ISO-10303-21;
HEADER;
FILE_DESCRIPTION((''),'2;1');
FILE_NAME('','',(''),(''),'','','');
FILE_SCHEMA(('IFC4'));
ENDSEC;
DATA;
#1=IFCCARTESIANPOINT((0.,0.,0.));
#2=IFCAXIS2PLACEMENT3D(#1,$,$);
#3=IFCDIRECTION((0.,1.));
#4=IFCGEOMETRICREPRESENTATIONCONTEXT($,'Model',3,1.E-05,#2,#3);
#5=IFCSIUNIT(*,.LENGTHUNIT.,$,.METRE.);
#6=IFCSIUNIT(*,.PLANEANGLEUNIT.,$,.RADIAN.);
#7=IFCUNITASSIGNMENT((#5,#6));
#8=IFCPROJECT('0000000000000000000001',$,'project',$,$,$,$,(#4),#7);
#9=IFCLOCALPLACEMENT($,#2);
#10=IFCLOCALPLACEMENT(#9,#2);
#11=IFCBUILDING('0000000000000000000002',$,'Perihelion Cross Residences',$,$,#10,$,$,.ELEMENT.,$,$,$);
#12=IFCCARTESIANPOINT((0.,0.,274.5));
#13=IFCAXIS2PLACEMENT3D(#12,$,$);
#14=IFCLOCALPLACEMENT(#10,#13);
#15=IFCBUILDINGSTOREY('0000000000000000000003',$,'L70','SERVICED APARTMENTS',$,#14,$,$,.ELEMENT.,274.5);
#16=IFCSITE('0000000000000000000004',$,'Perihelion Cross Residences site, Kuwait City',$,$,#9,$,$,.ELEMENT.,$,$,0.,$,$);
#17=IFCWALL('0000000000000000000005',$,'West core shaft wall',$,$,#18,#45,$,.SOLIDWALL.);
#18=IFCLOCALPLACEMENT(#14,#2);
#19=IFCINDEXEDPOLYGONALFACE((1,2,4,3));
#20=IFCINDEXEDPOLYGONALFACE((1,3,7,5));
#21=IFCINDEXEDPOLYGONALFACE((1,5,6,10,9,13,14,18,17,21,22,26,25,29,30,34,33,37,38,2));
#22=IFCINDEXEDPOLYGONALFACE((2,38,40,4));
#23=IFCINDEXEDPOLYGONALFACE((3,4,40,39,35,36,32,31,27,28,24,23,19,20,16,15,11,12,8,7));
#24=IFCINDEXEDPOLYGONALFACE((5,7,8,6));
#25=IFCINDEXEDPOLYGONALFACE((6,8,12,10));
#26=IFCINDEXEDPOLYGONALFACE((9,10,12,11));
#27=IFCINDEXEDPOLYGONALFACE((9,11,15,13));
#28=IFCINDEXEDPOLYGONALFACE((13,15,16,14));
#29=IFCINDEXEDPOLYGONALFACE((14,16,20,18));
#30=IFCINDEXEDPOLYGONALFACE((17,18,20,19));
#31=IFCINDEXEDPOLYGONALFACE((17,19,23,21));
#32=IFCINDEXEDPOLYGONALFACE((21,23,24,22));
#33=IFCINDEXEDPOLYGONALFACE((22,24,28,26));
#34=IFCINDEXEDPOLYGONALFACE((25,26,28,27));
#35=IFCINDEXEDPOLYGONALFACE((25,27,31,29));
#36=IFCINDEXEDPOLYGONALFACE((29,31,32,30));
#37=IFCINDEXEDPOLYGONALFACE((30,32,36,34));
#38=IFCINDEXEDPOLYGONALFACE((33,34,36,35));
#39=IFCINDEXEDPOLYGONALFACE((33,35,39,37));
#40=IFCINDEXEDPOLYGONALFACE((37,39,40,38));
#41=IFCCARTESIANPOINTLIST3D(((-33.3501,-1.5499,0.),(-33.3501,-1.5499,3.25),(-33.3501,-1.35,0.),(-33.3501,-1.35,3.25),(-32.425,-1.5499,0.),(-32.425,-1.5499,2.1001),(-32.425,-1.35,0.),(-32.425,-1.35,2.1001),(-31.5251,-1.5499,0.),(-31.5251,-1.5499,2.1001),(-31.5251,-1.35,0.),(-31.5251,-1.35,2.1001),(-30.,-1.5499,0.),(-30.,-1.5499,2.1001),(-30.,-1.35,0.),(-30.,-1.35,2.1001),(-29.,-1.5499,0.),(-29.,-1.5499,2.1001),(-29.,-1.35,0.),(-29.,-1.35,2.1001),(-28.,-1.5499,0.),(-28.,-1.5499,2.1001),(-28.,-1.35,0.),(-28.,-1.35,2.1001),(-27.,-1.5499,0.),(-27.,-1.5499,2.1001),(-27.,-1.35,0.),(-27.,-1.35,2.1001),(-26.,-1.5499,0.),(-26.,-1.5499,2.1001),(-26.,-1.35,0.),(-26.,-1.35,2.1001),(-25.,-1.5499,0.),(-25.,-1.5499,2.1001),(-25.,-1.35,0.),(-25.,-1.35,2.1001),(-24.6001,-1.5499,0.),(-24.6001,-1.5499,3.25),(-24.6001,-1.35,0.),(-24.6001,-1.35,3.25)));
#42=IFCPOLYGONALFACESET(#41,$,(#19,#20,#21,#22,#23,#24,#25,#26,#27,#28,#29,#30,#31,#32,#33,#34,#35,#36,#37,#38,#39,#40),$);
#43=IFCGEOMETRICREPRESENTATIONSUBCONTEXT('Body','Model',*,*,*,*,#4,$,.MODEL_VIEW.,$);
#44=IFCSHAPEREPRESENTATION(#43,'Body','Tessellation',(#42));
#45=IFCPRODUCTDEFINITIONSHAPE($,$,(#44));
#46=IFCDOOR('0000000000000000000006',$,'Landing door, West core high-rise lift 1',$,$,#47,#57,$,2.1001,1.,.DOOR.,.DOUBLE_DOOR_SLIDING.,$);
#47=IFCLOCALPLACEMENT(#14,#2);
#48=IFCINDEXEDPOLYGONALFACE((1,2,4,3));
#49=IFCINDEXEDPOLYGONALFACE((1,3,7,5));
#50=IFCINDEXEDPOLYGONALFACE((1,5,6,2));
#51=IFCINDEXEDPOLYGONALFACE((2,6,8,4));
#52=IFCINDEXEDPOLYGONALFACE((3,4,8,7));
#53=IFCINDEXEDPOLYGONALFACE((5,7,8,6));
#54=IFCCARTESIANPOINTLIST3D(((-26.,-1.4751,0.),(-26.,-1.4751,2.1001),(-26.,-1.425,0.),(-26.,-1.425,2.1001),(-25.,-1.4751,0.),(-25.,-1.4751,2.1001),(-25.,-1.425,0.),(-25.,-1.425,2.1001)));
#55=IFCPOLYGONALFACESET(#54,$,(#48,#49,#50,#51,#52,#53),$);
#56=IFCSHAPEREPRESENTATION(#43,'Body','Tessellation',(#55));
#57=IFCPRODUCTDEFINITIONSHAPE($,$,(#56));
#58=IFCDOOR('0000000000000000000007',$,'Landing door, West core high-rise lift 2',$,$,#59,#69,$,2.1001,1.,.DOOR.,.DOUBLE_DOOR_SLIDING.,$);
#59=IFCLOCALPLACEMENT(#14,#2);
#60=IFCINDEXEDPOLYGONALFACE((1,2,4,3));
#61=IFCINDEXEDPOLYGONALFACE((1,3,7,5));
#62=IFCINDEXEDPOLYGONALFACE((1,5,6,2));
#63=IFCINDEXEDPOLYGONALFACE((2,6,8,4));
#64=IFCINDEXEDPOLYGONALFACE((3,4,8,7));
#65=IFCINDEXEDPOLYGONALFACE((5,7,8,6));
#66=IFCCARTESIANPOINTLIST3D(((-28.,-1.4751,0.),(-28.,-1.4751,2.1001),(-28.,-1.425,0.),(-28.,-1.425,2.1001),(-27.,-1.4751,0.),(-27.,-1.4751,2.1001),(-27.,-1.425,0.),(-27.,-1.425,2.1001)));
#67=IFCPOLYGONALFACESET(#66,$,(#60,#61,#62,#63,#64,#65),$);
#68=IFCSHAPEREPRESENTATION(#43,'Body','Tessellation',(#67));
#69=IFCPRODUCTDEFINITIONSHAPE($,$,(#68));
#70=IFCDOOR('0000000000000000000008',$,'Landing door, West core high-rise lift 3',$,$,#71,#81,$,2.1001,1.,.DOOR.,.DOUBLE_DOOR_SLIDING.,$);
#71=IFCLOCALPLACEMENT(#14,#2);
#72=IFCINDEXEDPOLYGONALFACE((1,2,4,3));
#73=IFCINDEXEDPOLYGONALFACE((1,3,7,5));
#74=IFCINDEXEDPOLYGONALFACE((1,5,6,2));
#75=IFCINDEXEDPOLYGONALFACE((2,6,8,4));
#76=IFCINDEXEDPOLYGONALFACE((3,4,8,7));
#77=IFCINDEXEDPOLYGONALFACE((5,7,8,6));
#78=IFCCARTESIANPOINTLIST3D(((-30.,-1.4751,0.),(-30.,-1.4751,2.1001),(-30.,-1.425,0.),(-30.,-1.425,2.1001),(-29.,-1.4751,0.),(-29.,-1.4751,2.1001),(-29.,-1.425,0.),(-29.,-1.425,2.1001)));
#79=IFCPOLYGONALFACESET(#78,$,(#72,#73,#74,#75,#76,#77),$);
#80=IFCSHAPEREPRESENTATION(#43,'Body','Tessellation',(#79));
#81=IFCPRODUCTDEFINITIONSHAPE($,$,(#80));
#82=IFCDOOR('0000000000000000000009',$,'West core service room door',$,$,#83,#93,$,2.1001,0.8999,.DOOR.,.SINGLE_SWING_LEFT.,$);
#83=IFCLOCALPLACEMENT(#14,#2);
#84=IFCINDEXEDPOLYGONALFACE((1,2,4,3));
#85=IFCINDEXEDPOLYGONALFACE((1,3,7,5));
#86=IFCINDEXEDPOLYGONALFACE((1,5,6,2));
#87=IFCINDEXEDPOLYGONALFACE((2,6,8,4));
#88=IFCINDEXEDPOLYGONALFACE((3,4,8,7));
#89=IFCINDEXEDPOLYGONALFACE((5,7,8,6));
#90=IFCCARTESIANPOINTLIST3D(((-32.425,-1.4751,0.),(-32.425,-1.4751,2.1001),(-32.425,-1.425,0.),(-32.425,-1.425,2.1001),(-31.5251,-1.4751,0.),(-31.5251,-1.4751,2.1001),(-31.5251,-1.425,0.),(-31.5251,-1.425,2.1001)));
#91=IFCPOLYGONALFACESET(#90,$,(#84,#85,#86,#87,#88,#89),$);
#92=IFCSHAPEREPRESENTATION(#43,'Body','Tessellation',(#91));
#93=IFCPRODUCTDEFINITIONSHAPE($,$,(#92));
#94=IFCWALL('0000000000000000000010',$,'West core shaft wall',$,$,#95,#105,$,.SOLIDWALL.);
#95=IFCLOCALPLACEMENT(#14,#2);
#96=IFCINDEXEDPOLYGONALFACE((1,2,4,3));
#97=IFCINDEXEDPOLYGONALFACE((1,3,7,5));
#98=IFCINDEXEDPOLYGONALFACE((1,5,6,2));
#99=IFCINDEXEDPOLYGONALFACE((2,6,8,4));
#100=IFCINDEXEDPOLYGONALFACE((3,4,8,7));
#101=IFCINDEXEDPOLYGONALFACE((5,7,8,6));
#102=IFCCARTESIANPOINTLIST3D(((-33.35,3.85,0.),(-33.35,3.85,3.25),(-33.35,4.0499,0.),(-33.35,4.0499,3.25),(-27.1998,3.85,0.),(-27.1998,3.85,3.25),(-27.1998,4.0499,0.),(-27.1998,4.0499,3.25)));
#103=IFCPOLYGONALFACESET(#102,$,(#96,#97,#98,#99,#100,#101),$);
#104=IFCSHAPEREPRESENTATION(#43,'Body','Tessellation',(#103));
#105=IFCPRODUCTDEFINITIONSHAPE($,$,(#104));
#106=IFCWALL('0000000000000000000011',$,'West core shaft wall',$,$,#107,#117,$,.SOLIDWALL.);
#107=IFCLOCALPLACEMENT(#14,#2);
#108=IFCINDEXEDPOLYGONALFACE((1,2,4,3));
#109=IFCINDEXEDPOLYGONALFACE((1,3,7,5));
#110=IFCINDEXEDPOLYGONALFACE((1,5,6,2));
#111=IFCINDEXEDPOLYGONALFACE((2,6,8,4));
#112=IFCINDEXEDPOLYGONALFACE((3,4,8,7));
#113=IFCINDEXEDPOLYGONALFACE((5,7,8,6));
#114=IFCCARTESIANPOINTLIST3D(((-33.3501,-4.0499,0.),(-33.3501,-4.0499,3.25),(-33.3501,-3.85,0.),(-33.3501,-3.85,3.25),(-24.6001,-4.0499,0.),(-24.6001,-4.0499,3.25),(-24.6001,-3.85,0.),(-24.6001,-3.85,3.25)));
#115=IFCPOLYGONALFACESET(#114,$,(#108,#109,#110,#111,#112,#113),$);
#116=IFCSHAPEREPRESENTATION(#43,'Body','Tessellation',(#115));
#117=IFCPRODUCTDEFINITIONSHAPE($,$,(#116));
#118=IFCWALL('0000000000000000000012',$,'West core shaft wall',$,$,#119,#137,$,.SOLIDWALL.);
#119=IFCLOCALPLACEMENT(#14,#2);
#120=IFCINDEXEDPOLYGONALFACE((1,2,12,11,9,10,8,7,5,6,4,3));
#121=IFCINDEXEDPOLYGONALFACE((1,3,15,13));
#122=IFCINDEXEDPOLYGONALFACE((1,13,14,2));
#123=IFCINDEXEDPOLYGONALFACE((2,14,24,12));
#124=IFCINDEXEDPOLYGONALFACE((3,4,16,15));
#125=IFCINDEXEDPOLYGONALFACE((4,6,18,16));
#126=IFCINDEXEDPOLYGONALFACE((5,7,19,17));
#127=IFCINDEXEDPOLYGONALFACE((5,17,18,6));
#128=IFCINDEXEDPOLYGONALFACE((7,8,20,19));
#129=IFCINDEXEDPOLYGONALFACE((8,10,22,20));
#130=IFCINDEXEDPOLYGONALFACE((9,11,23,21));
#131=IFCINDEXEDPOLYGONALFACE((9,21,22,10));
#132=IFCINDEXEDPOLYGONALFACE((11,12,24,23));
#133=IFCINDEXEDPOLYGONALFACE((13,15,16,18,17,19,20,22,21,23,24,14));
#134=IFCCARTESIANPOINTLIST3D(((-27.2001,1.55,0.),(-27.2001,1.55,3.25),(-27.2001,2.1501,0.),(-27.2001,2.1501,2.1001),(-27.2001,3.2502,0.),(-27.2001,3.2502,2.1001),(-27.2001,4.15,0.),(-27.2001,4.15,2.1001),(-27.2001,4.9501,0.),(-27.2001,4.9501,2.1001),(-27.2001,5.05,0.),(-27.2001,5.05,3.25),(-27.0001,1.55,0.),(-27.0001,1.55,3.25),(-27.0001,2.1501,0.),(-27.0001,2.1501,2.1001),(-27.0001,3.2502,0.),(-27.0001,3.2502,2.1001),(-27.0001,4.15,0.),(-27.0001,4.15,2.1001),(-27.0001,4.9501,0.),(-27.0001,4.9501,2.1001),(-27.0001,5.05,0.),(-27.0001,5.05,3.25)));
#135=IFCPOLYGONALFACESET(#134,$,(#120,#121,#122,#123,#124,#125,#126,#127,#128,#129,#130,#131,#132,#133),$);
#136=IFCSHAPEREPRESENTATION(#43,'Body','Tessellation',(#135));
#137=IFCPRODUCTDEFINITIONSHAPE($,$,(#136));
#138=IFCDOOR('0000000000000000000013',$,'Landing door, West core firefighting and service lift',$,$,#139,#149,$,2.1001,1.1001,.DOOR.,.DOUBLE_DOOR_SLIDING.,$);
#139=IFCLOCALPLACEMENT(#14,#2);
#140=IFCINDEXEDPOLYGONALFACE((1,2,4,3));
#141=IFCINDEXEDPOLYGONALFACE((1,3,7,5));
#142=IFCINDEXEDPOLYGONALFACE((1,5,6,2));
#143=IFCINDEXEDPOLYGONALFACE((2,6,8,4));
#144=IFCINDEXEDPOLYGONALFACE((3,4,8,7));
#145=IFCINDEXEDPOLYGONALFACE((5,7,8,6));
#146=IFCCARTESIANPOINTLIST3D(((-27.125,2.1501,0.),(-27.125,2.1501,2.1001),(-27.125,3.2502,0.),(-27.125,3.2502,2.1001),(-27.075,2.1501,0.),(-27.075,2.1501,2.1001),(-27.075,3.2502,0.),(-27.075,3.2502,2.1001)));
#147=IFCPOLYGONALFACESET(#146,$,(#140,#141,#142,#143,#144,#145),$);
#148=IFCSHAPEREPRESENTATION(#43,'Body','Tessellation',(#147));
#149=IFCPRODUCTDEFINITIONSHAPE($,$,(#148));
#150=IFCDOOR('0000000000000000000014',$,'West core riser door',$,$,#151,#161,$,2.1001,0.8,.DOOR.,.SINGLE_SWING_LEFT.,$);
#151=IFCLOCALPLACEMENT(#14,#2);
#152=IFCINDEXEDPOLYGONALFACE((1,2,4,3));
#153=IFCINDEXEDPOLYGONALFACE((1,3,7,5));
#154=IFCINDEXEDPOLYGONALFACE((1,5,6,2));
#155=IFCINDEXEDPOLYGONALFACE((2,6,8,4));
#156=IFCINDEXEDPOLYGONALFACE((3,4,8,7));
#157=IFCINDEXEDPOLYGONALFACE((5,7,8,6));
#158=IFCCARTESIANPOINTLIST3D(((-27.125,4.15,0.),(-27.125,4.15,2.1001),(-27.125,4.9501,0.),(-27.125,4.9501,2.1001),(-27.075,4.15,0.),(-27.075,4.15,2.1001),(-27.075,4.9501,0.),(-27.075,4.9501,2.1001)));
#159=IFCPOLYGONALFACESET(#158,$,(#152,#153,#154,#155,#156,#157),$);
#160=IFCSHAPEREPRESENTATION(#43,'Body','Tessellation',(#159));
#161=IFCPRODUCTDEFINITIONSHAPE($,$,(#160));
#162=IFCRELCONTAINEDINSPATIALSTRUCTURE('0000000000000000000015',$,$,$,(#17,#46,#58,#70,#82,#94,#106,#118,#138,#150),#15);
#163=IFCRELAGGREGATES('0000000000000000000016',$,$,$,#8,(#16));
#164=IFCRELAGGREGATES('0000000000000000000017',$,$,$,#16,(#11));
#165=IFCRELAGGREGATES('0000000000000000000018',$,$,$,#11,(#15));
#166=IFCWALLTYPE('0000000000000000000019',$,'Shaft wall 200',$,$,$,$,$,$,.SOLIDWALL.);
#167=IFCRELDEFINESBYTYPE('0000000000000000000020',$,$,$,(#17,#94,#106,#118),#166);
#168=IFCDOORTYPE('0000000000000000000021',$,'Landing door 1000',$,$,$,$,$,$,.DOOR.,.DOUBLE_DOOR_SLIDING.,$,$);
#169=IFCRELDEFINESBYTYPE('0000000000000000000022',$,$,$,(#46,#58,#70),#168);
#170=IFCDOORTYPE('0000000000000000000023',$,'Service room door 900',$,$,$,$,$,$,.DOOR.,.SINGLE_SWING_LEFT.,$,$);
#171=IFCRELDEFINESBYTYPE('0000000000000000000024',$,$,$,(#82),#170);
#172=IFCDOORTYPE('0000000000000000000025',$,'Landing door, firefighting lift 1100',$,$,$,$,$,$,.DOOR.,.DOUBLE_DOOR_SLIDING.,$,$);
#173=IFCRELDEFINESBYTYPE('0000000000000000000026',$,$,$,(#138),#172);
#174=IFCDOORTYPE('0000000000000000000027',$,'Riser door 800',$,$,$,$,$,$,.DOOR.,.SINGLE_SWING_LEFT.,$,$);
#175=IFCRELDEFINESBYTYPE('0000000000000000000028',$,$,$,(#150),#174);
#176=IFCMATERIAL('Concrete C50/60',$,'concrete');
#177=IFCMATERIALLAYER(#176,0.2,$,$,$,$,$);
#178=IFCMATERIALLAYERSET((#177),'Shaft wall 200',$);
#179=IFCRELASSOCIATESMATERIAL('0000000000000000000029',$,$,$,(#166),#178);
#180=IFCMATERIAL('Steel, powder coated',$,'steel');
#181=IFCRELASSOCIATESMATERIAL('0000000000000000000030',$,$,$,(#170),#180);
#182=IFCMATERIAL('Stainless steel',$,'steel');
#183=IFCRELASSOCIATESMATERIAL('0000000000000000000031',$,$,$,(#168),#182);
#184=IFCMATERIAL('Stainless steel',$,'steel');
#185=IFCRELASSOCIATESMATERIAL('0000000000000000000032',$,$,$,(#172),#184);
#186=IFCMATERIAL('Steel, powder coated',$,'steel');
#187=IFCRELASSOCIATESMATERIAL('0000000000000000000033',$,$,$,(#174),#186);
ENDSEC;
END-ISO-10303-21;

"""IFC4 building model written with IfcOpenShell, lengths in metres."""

from ifc_helpers import new_model, si_unit, direction, frame, frame_2d, origin, place, context, subcontext, project, spatial, rectangle, extrude, material, layer, layer_set, type_object, element, fill, save


model = new_model("IFC4")

# Units and contexts
model_context = context("Model", 3, precision=1e-05, world=origin(), true_north=direction((0.0, 1.0)))
body_context = subcontext(model_context, "Body", "Model", "MODEL_VIEW")
ifc_project = project(units=[si_unit("LENGTHUNIT", "METRE"), si_unit("PLANEANGLEUNIT", "RADIAN")], contexts=[model_context])

# Site, building, storey
site_placement = place(None, origin())
site = spatial("IfcSite", under=ifc_project, at=site_placement, Name="Perihelion Cross Residences site, Kuwait City", CompositionType="ELEMENT", RefElevation=0.0)
building_placement = place(site_placement, origin())
building = spatial("IfcBuilding", under=site, at=building_placement, Name="Perihelion Cross Residences", CompositionType="ELEMENT")
storey_placement = place(building_placement, frame((0.0, 0.0, 274.5)))
storey = spatial("IfcBuildingStorey", under=building, at=storey_placement, Name="L70", Description="SERVICED APARTMENTS", CompositionType="ELEMENT", Elevation=274.5)

# Wall, openings, doors
ifc_material_1 = material(Name="Concrete C50/60", Category="concrete")
ifc_layer_1 = layer(ifc_material_1, 0.2)
ifc_layer_set_1 = layer_set([ifc_layer_1], Name="Shaft wall 200")
wall_type_1 = type_object("IfcWallType", Name="Shaft wall 200", PredefinedType="SOLIDWALL", material=ifc_layer_set_1)
ifc_material_2 = material(Name="Steel, powder coated", Category="steel")
door_type_1 = type_object("IfcDoorType", Name="Service room door 900", OperationType="SINGLE_SWING_LEFT", PredefinedType="DOOR", material=ifc_material_2)
wall_1_placement = place(storey_placement, frame((-33.3501, -1.45, 0.0), z_axis=(0.0, 0.0, 1.0), x_axis=(1.0, 0.0, 0.0)))
wall_1 = element("IfcWall", 1, at=wall_1_placement, inside=storey, type_object=wall_type_1, Name="West core shaft wall", PredefinedType="SOLIDWALL", context=body_context, shape_type="SweptSolid", body=[
    extrude(rectangle(XDim=8.75, YDim=0.2, at=frame_2d((4.375, 0.0))), origin(), (0.0, 0.0, 1.0), 3.25),
])
opening_1_placement = place(wall_1_placement, frame((7.3501, 0.0, 0.0)))
opening_1 = element("IfcOpeningElement", 2, at=opening_1_placement, cuts=wall_1, PredefinedType="OPENING", context=body_context, shape_type="SweptSolid", body=[
    extrude(rectangle(XDim=1.0, YDim=2.1001, at=frame_2d((0.5, 1.05))), frame((0.0, 0.1099, 0.0), z_axis=(0.0, -1.0, 0.0), x_axis=(1.0, 0.0, 0.0)), (0.0, 0.0, 1.0), 0.22),
])
opening_2_placement = place(wall_1_placement, frame((5.3501, 0.0, 0.0)))
opening_2 = element("IfcOpeningElement", 3, at=opening_2_placement, cuts=wall_1, PredefinedType="OPENING", context=body_context, shape_type="SweptSolid", body=[
    extrude(rectangle(XDim=1.0, YDim=2.1001, at=frame_2d((0.5, 1.05))), frame((0.0, 0.1099, 0.0), z_axis=(0.0, -1.0, 0.0), x_axis=(1.0, 0.0, 0.0)), (0.0, 0.0, 1.0), 0.22),
])
opening_3_placement = place(wall_1_placement, frame((3.3501, 0.0, 0.0)))
opening_3 = element("IfcOpeningElement", 4, at=opening_3_placement, cuts=wall_1, PredefinedType="OPENING", context=body_context, shape_type="SweptSolid", body=[
    extrude(rectangle(XDim=1.0, YDim=2.1001, at=frame_2d((0.5, 1.05))), frame((0.0, 0.1099, 0.0), z_axis=(0.0, -1.0, 0.0), x_axis=(1.0, 0.0, 0.0)), (0.0, 0.0, 1.0), 0.22),
])
opening_4_placement = place(wall_1_placement, frame((0.925, 0.0, 0.0)))
opening_4 = element("IfcOpeningElement", 5, at=opening_4_placement, cuts=wall_1, PredefinedType="OPENING", context=body_context, shape_type="SweptSolid", body=[
    extrude(rectangle(XDim=0.8999, YDim=2.1001, at=frame_2d((0.45, 1.05))), frame((0.0, 0.1099, 0.0), z_axis=(0.0, -1.0, 0.0), x_axis=(1.0, 0.0, 0.0)), (0.0, 0.0, 1.0), 0.22),
])
ifc_material_3 = material(Name="Stainless steel", Category="steel")
door_type_2 = type_object("IfcDoorType", Name="Landing door 1000", OperationType="DOUBLE_DOOR_SLIDING", PredefinedType="DOOR", material=ifc_material_3)
door_1_placement = place(opening_1_placement, origin())
door_1 = element("IfcDoor", 6, at=door_1_placement, inside=storey, type_object=door_type_2, Name="Landing door, West core high-rise lift 1", OperationType="DOUBLE_DOOR_SLIDING", OverallHeight=2.1001, OverallWidth=1.0, PredefinedType="DOOR", context=body_context, shape_type="SweptSolid", body=[
    extrude(rectangle(XDim=1.0, YDim=2.1001, at=frame_2d((0.5, 1.05))), frame((0.0, 0.0249, 0.0), z_axis=(0.0, -1.0, 0.0), x_axis=(1.0, 0.0, 0.0)), (0.0, 0.0, 1.0), 0.05),
])
fill(opening_1, door_1)
door_2_placement = place(opening_2_placement, origin())
door_2 = element("IfcDoor", 7, at=door_2_placement, inside=storey, type_object=door_type_2, Name="Landing door, West core high-rise lift 2", OperationType="DOUBLE_DOOR_SLIDING", OverallHeight=2.1001, OverallWidth=1.0, PredefinedType="DOOR", context=body_context, shape_type="SweptSolid", body=[
    extrude(rectangle(XDim=1.0, YDim=2.1001, at=frame_2d((0.5, 1.05))), frame((0.0, 0.0249, 0.0), z_axis=(0.0, -1.0, 0.0), x_axis=(1.0, 0.0, 0.0)), (0.0, 0.0, 1.0), 0.05),
])
fill(opening_2, door_2)
door_3_placement = place(opening_3_placement, origin())
door_3 = element("IfcDoor", 8, at=door_3_placement, inside=storey, type_object=door_type_2, Name="Landing door, West core high-rise lift 3", OperationType="DOUBLE_DOOR_SLIDING", OverallHeight=2.1001, OverallWidth=1.0, PredefinedType="DOOR", context=body_context, shape_type="SweptSolid", body=[
    extrude(rectangle(XDim=1.0, YDim=2.1001, at=frame_2d((0.5, 1.05))), frame((0.0, 0.0249, 0.0), z_axis=(0.0, -1.0, 0.0), x_axis=(1.0, 0.0, 0.0)), (0.0, 0.0, 1.0), 0.05),
])
fill(opening_3, door_3)
door_4_placement = place(opening_4_placement, origin())
door_4 = element("IfcDoor", 9, at=door_4_placement, inside=storey, type_object=door_type_1, Name="West core service room door", OperationType="SINGLE_SWING_LEFT", OverallHeight=2.1001, OverallWidth=0.8999, PredefinedType="DOOR", context=body_context, shape_type="SweptSolid", body=[
    extrude(rectangle(XDim=0.8999, YDim=2.1001, at=frame_2d((0.45, 1.05))), frame((0.0, 0.0249, 0.0), z_axis=(0.0, -1.0, 0.0), x_axis=(1.0, 0.0, 0.0)), (0.0, 0.0, 1.0), 0.05),
])
fill(opening_4, door_4)

# Walls
wall_2_placement = place(storey_placement, frame((-33.3501, 3.95, 0.0), z_axis=(0.0, 0.0, 1.0), x_axis=(1.0, 0.0, 0.0)))
element("IfcWall", 10, at=wall_2_placement, inside=storey, type_object=wall_type_1, Name="West core shaft wall", PredefinedType="SOLIDWALL", context=body_context, shape_type="SweptSolid", body=[
    extrude(rectangle(XDim=6.1501, YDim=0.2, at=frame_2d((3.0752, 0.0))), origin(), (0.0, 0.0, 1.0), 3.25),
])
wall_3_placement = place(storey_placement, frame((-33.3501, -3.95, 0.0), z_axis=(0.0, 0.0, 1.0), x_axis=(1.0, 0.0, 0.0)))
element("IfcWall", 11, at=wall_3_placement, inside=storey, type_object=wall_type_1, Name="West core shaft wall", PredefinedType="SOLIDWALL", context=body_context, shape_type="SweptSolid", body=[
    extrude(rectangle(XDim=8.75, YDim=0.2, at=frame_2d((4.375, 0.0))), origin(), (0.0, 0.0, 1.0), 3.25),
])

# Wall, openings, doors
wall_4_placement = place(storey_placement, frame((-27.1001, 1.55, 0.0), z_axis=(0.0, 0.0, 1.0), x_axis=(0.0, 1.0, 0.0)))
wall_4 = element("IfcWall", 12, at=wall_4_placement, inside=storey, type_object=wall_type_1, Name="West core shaft wall", PredefinedType="SOLIDWALL", context=body_context, shape_type="SweptSolid", body=[
    extrude(rectangle(XDim=3.5, YDim=0.2, at=frame_2d((1.75, 0.0))), origin(), (0.0, 0.0, 1.0), 3.25),
])
opening_5_placement = place(wall_4_placement, frame((0.6001, 0.0, 0.0)))
opening_5 = element("IfcOpeningElement", 13, at=opening_5_placement, cuts=wall_4, PredefinedType="OPENING", context=body_context, shape_type="SweptSolid", body=[
    extrude(rectangle(XDim=1.1001, YDim=2.1001, at=frame_2d((0.55, 1.05))), frame((0.0, 0.1099, 0.0), z_axis=(0.0, -1.0, 0.0), x_axis=(1.0, 0.0, 0.0)), (0.0, 0.0, 1.0), 0.22),
])
opening_6_placement = place(wall_4_placement, frame((2.6001, 0.0, 0.0)))
opening_6 = element("IfcOpeningElement", 14, at=opening_6_placement, cuts=wall_4, PredefinedType="OPENING", context=body_context, shape_type="SweptSolid", body=[
    extrude(rectangle(XDim=0.8, YDim=2.1001, at=frame_2d((0.3999, 1.05))), frame((0.0, 0.1099, 0.0), z_axis=(0.0, -1.0, 0.0), x_axis=(1.0, 0.0, 0.0)), (0.0, 0.0, 1.0), 0.22),
])
ifc_material_4 = material(Name="Stainless steel", Category="steel")
door_type_3 = type_object("IfcDoorType", Name="Landing door, firefighting lift 1100", OperationType="DOUBLE_DOOR_SLIDING", PredefinedType="DOOR", material=ifc_material_4)
door_5_placement = place(opening_5_placement, origin())
door_5 = element("IfcDoor", 15, at=door_5_placement, inside=storey, type_object=door_type_3, Name="Landing door, West core firefighting and service lift", OperationType="DOUBLE_DOOR_SLIDING", OverallHeight=2.1001, OverallWidth=1.1001, PredefinedType="DOOR", context=body_context, shape_type="SweptSolid", body=[
    extrude(rectangle(XDim=1.1001, YDim=2.1001, at=frame_2d((0.55, 1.05))), frame((0.0, 0.0249, 0.0), z_axis=(0.0, -1.0, 0.0), x_axis=(1.0, 0.0, 0.0)), (0.0, 0.0, 1.0), 0.05),
])
fill(opening_5, door_5)
ifc_material_5 = material(Name="Steel, powder coated", Category="steel")
door_type_4 = type_object("IfcDoorType", Name="Riser door 800", OperationType="SINGLE_SWING_LEFT", PredefinedType="DOOR", material=ifc_material_5)
door_6_placement = place(opening_6_placement, origin())
door_6 = element("IfcDoor", 16, at=door_6_placement, inside=storey, type_object=door_type_4, Name="West core riser door", OperationType="SINGLE_SWING_LEFT", OverallHeight=2.1001, OverallWidth=0.8, PredefinedType="DOOR", context=body_context, shape_type="SweptSolid", body=[
    extrude(rectangle(XDim=0.8, YDim=2.1001, at=frame_2d((0.3999, 1.05))), frame((0.0, 0.0249, 0.0), z_axis=(0.0, -1.0, 0.0), x_axis=(1.0, 0.0, 0.0)), (0.0, 0.0, 1.0), 0.05),
])
fill(opening_6, door_6)

save(model, "model.ifc")
